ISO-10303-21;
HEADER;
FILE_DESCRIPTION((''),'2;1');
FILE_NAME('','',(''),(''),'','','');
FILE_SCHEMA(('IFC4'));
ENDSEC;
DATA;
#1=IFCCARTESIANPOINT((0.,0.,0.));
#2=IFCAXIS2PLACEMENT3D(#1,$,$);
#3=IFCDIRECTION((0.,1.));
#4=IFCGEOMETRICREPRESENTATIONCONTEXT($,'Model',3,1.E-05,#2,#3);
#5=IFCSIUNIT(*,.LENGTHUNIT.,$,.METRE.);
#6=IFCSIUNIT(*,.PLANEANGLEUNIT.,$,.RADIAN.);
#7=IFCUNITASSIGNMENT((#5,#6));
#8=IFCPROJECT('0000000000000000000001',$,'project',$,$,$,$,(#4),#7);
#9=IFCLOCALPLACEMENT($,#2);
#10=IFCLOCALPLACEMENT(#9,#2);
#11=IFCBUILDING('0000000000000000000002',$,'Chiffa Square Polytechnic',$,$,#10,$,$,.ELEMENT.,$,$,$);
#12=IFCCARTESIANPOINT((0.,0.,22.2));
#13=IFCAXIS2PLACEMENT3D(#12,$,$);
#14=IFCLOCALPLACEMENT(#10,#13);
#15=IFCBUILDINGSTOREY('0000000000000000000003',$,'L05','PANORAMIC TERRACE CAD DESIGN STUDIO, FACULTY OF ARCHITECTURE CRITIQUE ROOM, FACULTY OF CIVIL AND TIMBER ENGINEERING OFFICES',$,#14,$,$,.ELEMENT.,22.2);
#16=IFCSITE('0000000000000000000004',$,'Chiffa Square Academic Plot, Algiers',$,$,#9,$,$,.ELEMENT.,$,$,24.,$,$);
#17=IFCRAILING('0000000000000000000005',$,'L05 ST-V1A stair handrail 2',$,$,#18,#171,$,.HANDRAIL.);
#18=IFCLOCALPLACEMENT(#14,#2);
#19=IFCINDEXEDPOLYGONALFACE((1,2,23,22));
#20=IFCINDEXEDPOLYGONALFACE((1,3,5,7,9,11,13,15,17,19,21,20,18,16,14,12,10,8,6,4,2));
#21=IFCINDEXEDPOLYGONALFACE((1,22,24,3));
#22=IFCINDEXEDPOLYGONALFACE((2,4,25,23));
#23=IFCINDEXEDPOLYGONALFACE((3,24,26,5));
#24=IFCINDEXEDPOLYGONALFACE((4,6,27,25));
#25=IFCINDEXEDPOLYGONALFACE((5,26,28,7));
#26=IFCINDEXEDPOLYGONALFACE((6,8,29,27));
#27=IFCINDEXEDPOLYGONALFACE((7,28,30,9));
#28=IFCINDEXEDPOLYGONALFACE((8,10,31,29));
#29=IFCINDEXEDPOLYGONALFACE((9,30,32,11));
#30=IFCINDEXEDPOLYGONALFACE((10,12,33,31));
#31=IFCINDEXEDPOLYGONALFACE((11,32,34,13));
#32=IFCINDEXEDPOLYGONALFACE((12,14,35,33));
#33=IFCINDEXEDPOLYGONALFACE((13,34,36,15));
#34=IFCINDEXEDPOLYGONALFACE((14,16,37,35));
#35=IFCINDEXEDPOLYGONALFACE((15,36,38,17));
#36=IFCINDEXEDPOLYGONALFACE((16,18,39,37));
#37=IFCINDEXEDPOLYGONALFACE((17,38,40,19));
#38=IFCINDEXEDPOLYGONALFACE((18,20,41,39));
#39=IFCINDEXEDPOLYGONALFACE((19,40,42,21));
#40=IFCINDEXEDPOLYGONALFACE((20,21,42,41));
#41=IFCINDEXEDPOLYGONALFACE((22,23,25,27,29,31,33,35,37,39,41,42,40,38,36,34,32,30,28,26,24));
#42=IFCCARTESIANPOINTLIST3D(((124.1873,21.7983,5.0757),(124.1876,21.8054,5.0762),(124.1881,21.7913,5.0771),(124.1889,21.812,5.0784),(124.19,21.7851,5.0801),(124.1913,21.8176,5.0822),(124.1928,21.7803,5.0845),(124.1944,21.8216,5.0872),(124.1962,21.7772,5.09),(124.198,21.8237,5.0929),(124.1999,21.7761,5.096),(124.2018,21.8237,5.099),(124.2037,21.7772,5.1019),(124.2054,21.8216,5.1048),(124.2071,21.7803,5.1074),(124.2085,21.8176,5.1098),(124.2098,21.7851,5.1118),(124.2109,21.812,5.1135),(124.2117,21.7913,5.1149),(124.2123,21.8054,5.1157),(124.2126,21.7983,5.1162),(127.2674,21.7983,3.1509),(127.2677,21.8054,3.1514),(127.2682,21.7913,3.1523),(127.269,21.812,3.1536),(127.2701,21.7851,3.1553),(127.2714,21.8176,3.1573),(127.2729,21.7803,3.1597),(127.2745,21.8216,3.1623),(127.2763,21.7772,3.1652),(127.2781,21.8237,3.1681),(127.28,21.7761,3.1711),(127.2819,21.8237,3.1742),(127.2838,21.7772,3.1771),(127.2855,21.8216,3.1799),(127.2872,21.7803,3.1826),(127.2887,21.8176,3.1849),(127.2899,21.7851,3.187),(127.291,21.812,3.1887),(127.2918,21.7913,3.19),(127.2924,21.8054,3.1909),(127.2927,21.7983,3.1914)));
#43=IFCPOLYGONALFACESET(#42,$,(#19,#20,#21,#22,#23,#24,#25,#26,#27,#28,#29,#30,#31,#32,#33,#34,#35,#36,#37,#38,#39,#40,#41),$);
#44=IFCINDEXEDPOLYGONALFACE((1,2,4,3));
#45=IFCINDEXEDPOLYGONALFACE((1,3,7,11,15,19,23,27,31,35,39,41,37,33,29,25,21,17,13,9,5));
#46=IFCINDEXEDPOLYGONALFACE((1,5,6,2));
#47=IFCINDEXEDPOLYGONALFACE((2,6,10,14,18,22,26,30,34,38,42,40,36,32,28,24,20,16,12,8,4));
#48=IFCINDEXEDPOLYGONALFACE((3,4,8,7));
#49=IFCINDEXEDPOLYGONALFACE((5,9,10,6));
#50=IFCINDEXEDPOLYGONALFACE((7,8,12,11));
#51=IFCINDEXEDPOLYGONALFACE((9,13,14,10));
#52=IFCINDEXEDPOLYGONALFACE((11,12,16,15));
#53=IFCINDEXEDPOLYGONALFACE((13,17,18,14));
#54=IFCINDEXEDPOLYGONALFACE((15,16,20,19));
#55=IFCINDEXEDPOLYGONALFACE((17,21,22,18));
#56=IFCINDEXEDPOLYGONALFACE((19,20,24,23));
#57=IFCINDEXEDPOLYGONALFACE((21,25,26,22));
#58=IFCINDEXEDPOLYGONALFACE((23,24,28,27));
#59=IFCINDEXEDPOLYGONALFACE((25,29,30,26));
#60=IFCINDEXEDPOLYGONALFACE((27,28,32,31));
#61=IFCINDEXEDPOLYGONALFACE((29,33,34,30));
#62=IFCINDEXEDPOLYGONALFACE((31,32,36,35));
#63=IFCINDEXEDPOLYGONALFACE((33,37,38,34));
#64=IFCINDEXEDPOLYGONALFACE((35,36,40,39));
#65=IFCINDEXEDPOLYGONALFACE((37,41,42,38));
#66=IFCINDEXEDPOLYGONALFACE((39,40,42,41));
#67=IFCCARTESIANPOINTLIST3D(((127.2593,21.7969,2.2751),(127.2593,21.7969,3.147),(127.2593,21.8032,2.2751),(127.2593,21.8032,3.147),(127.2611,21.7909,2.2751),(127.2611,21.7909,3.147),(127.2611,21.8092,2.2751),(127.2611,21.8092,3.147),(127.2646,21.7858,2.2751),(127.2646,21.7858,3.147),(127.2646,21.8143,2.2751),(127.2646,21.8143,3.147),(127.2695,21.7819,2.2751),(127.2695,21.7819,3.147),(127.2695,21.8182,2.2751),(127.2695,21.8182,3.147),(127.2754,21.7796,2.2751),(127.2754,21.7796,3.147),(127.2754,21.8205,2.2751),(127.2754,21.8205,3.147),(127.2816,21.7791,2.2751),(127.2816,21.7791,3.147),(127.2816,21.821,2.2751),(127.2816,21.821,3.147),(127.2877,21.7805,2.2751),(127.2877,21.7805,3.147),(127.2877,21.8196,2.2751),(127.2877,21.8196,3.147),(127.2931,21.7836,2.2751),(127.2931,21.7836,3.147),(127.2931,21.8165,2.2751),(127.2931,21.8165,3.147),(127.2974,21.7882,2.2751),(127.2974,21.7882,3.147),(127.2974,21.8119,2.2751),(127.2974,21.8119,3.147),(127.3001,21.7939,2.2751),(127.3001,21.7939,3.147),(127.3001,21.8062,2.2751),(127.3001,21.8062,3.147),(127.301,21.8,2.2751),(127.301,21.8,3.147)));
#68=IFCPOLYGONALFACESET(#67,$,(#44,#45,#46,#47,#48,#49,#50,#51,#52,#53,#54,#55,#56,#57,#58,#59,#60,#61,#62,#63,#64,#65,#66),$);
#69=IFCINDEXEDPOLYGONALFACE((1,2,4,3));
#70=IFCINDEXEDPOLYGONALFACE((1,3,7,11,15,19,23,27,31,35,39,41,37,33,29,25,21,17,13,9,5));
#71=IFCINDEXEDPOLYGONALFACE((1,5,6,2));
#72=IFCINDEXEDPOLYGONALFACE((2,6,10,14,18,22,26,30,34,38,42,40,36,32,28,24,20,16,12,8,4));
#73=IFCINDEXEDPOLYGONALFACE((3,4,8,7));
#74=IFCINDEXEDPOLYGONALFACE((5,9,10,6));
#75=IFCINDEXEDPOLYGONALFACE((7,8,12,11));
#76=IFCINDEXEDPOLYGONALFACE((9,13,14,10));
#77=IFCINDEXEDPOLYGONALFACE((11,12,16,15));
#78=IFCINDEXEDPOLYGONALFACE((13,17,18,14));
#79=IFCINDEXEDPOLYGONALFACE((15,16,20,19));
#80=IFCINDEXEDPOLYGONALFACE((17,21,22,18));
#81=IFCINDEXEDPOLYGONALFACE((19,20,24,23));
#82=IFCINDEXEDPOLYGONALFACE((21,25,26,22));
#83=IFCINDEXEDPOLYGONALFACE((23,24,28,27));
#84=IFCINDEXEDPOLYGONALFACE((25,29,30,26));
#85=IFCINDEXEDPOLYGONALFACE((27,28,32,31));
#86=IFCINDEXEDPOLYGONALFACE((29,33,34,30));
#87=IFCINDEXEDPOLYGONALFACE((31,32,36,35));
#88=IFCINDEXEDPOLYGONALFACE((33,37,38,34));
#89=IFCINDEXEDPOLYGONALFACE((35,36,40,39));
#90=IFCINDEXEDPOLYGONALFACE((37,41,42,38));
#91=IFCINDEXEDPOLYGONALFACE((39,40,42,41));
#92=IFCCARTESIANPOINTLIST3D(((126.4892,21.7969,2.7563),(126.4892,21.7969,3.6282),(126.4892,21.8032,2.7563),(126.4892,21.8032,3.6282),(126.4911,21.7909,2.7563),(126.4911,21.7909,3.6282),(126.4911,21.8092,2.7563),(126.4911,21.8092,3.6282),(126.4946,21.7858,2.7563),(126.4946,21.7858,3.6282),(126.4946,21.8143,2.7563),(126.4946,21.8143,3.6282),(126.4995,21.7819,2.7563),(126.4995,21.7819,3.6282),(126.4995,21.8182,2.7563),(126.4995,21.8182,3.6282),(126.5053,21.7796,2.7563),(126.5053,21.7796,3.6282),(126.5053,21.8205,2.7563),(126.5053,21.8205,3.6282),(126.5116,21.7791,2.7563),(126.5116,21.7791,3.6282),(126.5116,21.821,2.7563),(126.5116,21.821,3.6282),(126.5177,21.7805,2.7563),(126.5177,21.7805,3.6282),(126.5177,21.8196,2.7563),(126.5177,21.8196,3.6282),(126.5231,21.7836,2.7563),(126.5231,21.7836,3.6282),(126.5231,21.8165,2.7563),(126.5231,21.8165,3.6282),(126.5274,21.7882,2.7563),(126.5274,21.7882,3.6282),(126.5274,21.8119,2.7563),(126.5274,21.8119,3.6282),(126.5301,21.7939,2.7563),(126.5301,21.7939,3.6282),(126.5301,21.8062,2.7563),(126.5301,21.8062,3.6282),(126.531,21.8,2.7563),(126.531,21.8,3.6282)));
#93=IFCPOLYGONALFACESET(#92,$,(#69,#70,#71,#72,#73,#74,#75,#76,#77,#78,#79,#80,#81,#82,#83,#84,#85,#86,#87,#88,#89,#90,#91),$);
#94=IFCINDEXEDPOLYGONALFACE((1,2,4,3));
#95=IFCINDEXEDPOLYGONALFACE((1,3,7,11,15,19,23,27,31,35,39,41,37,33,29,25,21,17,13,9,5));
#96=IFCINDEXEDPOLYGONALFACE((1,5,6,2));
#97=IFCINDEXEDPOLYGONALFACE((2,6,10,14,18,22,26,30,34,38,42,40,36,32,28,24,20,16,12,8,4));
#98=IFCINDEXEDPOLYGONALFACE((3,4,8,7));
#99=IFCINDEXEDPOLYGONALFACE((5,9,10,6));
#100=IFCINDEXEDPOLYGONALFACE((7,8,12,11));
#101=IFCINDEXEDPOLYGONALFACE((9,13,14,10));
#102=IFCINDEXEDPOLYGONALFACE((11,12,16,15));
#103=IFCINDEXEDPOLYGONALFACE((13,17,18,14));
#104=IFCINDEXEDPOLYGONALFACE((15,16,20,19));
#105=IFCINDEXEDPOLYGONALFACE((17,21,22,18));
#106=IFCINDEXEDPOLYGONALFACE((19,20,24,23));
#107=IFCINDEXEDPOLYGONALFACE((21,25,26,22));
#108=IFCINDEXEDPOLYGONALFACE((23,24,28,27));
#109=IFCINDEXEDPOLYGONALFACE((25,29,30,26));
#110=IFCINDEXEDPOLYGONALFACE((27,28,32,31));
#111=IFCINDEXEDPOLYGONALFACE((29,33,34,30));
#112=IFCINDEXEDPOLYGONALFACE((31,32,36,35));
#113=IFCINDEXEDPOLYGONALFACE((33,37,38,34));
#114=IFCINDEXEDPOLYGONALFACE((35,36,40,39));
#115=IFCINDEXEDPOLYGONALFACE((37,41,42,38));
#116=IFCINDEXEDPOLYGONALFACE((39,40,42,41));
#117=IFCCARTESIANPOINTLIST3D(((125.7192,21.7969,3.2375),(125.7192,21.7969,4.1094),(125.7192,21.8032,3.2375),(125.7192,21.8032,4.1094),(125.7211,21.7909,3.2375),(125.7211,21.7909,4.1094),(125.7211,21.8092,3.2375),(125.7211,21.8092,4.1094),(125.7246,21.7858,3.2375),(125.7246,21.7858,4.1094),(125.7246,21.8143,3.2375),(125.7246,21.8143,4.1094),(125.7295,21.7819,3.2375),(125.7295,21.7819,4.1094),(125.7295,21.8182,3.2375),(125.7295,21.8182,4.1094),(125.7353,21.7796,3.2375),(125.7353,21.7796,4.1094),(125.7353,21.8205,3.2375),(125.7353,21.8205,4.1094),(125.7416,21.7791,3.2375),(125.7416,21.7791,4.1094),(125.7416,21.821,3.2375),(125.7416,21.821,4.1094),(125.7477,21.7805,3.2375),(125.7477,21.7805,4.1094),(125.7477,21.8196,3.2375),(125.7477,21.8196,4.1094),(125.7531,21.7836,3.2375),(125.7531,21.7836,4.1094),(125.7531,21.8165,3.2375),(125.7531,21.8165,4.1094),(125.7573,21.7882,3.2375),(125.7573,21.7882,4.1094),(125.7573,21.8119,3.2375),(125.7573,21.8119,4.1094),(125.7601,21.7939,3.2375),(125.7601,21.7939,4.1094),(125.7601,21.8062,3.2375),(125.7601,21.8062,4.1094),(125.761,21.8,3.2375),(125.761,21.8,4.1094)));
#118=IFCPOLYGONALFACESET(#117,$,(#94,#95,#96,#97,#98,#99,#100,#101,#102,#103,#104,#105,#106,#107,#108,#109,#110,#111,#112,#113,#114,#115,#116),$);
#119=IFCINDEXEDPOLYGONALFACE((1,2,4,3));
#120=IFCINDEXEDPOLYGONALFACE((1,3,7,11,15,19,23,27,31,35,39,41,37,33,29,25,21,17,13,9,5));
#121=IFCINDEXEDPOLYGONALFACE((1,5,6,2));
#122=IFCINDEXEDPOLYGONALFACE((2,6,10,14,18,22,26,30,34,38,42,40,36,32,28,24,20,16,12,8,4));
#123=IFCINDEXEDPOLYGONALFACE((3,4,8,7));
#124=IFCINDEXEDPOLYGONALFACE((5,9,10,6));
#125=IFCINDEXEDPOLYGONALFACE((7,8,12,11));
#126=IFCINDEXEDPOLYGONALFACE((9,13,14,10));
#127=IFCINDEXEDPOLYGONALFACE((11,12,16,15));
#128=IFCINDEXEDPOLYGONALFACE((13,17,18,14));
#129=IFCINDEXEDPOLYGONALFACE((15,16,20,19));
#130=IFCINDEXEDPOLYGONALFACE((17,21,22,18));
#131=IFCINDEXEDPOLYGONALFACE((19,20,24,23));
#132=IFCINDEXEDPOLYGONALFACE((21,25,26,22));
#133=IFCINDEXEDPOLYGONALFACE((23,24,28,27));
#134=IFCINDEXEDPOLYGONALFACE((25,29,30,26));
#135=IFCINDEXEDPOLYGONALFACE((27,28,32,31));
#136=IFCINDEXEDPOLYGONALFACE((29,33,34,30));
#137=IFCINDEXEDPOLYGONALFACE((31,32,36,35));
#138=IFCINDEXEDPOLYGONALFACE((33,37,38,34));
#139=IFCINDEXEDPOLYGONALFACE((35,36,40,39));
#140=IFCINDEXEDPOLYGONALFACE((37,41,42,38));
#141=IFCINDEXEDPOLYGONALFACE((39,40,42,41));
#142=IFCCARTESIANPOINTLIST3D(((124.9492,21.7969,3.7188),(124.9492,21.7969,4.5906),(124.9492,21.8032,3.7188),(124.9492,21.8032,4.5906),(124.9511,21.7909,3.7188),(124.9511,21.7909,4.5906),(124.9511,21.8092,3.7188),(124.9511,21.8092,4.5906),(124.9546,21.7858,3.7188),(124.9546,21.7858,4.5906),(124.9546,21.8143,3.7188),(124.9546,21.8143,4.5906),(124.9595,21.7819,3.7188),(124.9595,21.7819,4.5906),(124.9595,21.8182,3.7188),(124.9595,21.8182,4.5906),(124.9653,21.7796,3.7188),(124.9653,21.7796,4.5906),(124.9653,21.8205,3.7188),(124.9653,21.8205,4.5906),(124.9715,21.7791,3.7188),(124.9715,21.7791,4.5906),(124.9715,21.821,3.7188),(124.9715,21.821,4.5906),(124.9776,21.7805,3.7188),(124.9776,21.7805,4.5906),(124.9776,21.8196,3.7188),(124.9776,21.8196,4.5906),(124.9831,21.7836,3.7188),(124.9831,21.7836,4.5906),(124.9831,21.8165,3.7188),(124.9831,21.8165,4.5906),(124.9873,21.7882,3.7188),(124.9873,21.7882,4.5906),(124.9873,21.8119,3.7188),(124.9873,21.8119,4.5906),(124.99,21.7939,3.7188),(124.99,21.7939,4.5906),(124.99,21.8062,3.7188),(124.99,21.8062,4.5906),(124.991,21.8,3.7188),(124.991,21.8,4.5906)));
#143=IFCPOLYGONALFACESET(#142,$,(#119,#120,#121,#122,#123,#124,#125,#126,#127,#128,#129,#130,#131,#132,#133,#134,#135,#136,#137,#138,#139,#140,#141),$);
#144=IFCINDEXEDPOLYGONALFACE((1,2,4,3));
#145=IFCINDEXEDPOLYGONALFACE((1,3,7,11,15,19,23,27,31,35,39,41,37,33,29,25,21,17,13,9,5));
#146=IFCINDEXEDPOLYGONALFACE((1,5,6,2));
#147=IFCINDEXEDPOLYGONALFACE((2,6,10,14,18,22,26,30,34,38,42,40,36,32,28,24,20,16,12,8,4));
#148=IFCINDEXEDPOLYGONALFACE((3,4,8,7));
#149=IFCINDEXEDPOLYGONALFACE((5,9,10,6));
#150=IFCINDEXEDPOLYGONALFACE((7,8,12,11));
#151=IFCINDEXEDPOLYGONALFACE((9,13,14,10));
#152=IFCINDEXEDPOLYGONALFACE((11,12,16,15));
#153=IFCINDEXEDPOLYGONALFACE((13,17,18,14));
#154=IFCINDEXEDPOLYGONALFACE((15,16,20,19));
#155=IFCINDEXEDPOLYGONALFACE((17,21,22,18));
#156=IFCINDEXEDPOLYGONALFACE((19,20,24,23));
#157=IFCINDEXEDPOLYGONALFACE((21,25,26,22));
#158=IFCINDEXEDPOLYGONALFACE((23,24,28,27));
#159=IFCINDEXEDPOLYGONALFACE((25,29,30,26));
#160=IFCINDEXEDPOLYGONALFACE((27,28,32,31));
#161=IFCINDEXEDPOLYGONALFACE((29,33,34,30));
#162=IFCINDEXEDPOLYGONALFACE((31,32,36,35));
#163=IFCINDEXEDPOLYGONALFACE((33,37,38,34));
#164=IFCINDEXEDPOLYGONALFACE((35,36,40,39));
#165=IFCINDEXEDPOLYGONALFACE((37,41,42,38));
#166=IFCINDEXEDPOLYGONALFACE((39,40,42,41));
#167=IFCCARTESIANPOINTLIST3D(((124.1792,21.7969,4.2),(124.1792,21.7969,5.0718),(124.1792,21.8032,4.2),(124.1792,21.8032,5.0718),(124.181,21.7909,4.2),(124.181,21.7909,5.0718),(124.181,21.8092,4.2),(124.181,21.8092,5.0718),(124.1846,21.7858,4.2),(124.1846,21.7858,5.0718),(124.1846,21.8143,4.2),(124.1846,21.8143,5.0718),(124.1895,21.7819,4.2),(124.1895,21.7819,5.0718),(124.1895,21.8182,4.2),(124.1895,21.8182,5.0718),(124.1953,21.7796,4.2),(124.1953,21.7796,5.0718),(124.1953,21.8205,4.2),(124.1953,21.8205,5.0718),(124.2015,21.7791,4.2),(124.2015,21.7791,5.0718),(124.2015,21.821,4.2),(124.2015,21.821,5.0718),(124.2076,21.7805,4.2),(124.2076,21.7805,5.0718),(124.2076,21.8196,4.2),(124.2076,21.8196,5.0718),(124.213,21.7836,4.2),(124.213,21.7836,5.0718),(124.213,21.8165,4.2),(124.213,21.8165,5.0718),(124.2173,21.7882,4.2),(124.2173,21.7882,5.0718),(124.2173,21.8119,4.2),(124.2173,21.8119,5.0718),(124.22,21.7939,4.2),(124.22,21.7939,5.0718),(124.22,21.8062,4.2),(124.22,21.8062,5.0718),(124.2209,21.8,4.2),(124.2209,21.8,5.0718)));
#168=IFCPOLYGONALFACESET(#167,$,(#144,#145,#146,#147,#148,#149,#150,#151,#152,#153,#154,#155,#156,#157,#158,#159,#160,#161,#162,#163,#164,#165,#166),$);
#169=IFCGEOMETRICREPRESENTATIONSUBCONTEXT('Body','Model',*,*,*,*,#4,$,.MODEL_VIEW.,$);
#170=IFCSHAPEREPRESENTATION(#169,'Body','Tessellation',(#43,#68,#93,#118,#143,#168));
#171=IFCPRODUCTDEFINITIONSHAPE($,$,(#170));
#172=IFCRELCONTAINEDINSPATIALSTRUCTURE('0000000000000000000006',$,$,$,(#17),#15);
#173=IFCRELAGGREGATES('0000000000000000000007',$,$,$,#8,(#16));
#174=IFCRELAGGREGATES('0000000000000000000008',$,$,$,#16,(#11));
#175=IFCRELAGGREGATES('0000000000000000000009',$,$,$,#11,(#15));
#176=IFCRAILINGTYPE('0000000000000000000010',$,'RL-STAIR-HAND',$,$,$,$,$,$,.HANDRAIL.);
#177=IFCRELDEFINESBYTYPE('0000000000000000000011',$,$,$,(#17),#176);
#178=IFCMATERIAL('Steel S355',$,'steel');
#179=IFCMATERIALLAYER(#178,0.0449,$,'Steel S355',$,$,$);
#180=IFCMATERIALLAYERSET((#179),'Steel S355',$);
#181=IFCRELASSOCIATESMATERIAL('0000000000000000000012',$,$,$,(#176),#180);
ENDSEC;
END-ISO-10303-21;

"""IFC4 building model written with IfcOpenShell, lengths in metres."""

from ifc_helpers import new_model, si_unit, direction, frame, origin, origin_2d, place, context, subcontext, project, spatial, circle, extrude, material, layer, layer_set, type_object, element, save


model = new_model("IFC4")

# Units and contexts
model_context = context("Model", 3, precision=1e-05, world=origin(), true_north=direction((0.0, 1.0)))
body_context = subcontext(model_context, "Body", "Model", "MODEL_VIEW")
ifc_project = project(units=[si_unit("LENGTHUNIT", "METRE"), si_unit("PLANEANGLEUNIT", "RADIAN")], contexts=[model_context])

# Site, building, storey
site_placement = place(None, origin())
site = spatial("IfcSite", under=ifc_project, at=site_placement, Name="Chiffa Square Academic Plot, Algiers", CompositionType="ELEMENT", RefElevation=24.0)
building_placement = place(site_placement, origin())
building = spatial("IfcBuilding", under=site, at=building_placement, Name="Chiffa Square Polytechnic", CompositionType="ELEMENT")
storey_placement = place(building_placement, frame((0.0, 0.0, 22.2)))
storey = spatial("IfcBuildingStorey", under=building, at=storey_placement, Name="L05", Description="PANORAMIC TERRACE CAD DESIGN STUDIO, FACULTY OF ARCHITECTURE CRITIQUE ROOM, FACULTY OF CIVIL AND TIMBER ENGINEERING OFFICES", CompositionType="ELEMENT", Elevation=22.2)

# Railing
ifc_material_1 = material(Name="Steel S355", Category="steel")
ifc_layer_1 = layer(ifc_material_1, 0.0449, Name="Steel S355")
ifc_layer_set_1 = layer_set([ifc_layer_1], Name="Steel S355")
railing_type_1 = type_object("IfcRailingType", Name="RL-STAIR-HAND", PredefinedType="HANDRAIL", material=ifc_layer_set_1)
railing_1_placement = place(storey_placement, frame((127.28, 21.8, 2.2751)))
element("IfcRailing", 1, at=railing_1_placement, inside=storey, type_object=railing_type_1, Name="L05 ST-V1A stair handrail 2", PredefinedType="HANDRAIL", context=body_context, shape_type="SweptSolid", body=[
    extrude(circle(Radius=0.0239, at=origin_2d()), frame((0.0, 0.0, 0.896), z_axis=(-0.848029, 0.0, 0.529951), x_axis=(0.0, -1.0, 0.0)), (0.0, 0.0, 1.0), 3.6321),
    extrude(circle(Radius=0.021, at=origin_2d()), origin(), (0.0, 0.0, 1.0), 0.8718),
    extrude(circle(Radius=0.021, at=origin_2d()), frame((-0.77, 0.0, 0.4812)), (0.0, 0.0, 1.0), 0.8718),
    extrude(circle(Radius=0.021, at=origin_2d()), frame((-1.54, 0.0, 0.9624)), (0.0, 0.0, 1.0), 0.8718),
    extrude(circle(Radius=0.021, at=origin_2d()), frame((-2.3101, 0.0, 1.4436)), (0.0, 0.0, 1.0), 0.8718),
    extrude(circle(Radius=0.021, at=origin_2d()), frame((-3.0801, 0.0, 1.9248)), (0.0, 0.0, 1.0), 0.8718),
])

save(model, "model.ifc")
